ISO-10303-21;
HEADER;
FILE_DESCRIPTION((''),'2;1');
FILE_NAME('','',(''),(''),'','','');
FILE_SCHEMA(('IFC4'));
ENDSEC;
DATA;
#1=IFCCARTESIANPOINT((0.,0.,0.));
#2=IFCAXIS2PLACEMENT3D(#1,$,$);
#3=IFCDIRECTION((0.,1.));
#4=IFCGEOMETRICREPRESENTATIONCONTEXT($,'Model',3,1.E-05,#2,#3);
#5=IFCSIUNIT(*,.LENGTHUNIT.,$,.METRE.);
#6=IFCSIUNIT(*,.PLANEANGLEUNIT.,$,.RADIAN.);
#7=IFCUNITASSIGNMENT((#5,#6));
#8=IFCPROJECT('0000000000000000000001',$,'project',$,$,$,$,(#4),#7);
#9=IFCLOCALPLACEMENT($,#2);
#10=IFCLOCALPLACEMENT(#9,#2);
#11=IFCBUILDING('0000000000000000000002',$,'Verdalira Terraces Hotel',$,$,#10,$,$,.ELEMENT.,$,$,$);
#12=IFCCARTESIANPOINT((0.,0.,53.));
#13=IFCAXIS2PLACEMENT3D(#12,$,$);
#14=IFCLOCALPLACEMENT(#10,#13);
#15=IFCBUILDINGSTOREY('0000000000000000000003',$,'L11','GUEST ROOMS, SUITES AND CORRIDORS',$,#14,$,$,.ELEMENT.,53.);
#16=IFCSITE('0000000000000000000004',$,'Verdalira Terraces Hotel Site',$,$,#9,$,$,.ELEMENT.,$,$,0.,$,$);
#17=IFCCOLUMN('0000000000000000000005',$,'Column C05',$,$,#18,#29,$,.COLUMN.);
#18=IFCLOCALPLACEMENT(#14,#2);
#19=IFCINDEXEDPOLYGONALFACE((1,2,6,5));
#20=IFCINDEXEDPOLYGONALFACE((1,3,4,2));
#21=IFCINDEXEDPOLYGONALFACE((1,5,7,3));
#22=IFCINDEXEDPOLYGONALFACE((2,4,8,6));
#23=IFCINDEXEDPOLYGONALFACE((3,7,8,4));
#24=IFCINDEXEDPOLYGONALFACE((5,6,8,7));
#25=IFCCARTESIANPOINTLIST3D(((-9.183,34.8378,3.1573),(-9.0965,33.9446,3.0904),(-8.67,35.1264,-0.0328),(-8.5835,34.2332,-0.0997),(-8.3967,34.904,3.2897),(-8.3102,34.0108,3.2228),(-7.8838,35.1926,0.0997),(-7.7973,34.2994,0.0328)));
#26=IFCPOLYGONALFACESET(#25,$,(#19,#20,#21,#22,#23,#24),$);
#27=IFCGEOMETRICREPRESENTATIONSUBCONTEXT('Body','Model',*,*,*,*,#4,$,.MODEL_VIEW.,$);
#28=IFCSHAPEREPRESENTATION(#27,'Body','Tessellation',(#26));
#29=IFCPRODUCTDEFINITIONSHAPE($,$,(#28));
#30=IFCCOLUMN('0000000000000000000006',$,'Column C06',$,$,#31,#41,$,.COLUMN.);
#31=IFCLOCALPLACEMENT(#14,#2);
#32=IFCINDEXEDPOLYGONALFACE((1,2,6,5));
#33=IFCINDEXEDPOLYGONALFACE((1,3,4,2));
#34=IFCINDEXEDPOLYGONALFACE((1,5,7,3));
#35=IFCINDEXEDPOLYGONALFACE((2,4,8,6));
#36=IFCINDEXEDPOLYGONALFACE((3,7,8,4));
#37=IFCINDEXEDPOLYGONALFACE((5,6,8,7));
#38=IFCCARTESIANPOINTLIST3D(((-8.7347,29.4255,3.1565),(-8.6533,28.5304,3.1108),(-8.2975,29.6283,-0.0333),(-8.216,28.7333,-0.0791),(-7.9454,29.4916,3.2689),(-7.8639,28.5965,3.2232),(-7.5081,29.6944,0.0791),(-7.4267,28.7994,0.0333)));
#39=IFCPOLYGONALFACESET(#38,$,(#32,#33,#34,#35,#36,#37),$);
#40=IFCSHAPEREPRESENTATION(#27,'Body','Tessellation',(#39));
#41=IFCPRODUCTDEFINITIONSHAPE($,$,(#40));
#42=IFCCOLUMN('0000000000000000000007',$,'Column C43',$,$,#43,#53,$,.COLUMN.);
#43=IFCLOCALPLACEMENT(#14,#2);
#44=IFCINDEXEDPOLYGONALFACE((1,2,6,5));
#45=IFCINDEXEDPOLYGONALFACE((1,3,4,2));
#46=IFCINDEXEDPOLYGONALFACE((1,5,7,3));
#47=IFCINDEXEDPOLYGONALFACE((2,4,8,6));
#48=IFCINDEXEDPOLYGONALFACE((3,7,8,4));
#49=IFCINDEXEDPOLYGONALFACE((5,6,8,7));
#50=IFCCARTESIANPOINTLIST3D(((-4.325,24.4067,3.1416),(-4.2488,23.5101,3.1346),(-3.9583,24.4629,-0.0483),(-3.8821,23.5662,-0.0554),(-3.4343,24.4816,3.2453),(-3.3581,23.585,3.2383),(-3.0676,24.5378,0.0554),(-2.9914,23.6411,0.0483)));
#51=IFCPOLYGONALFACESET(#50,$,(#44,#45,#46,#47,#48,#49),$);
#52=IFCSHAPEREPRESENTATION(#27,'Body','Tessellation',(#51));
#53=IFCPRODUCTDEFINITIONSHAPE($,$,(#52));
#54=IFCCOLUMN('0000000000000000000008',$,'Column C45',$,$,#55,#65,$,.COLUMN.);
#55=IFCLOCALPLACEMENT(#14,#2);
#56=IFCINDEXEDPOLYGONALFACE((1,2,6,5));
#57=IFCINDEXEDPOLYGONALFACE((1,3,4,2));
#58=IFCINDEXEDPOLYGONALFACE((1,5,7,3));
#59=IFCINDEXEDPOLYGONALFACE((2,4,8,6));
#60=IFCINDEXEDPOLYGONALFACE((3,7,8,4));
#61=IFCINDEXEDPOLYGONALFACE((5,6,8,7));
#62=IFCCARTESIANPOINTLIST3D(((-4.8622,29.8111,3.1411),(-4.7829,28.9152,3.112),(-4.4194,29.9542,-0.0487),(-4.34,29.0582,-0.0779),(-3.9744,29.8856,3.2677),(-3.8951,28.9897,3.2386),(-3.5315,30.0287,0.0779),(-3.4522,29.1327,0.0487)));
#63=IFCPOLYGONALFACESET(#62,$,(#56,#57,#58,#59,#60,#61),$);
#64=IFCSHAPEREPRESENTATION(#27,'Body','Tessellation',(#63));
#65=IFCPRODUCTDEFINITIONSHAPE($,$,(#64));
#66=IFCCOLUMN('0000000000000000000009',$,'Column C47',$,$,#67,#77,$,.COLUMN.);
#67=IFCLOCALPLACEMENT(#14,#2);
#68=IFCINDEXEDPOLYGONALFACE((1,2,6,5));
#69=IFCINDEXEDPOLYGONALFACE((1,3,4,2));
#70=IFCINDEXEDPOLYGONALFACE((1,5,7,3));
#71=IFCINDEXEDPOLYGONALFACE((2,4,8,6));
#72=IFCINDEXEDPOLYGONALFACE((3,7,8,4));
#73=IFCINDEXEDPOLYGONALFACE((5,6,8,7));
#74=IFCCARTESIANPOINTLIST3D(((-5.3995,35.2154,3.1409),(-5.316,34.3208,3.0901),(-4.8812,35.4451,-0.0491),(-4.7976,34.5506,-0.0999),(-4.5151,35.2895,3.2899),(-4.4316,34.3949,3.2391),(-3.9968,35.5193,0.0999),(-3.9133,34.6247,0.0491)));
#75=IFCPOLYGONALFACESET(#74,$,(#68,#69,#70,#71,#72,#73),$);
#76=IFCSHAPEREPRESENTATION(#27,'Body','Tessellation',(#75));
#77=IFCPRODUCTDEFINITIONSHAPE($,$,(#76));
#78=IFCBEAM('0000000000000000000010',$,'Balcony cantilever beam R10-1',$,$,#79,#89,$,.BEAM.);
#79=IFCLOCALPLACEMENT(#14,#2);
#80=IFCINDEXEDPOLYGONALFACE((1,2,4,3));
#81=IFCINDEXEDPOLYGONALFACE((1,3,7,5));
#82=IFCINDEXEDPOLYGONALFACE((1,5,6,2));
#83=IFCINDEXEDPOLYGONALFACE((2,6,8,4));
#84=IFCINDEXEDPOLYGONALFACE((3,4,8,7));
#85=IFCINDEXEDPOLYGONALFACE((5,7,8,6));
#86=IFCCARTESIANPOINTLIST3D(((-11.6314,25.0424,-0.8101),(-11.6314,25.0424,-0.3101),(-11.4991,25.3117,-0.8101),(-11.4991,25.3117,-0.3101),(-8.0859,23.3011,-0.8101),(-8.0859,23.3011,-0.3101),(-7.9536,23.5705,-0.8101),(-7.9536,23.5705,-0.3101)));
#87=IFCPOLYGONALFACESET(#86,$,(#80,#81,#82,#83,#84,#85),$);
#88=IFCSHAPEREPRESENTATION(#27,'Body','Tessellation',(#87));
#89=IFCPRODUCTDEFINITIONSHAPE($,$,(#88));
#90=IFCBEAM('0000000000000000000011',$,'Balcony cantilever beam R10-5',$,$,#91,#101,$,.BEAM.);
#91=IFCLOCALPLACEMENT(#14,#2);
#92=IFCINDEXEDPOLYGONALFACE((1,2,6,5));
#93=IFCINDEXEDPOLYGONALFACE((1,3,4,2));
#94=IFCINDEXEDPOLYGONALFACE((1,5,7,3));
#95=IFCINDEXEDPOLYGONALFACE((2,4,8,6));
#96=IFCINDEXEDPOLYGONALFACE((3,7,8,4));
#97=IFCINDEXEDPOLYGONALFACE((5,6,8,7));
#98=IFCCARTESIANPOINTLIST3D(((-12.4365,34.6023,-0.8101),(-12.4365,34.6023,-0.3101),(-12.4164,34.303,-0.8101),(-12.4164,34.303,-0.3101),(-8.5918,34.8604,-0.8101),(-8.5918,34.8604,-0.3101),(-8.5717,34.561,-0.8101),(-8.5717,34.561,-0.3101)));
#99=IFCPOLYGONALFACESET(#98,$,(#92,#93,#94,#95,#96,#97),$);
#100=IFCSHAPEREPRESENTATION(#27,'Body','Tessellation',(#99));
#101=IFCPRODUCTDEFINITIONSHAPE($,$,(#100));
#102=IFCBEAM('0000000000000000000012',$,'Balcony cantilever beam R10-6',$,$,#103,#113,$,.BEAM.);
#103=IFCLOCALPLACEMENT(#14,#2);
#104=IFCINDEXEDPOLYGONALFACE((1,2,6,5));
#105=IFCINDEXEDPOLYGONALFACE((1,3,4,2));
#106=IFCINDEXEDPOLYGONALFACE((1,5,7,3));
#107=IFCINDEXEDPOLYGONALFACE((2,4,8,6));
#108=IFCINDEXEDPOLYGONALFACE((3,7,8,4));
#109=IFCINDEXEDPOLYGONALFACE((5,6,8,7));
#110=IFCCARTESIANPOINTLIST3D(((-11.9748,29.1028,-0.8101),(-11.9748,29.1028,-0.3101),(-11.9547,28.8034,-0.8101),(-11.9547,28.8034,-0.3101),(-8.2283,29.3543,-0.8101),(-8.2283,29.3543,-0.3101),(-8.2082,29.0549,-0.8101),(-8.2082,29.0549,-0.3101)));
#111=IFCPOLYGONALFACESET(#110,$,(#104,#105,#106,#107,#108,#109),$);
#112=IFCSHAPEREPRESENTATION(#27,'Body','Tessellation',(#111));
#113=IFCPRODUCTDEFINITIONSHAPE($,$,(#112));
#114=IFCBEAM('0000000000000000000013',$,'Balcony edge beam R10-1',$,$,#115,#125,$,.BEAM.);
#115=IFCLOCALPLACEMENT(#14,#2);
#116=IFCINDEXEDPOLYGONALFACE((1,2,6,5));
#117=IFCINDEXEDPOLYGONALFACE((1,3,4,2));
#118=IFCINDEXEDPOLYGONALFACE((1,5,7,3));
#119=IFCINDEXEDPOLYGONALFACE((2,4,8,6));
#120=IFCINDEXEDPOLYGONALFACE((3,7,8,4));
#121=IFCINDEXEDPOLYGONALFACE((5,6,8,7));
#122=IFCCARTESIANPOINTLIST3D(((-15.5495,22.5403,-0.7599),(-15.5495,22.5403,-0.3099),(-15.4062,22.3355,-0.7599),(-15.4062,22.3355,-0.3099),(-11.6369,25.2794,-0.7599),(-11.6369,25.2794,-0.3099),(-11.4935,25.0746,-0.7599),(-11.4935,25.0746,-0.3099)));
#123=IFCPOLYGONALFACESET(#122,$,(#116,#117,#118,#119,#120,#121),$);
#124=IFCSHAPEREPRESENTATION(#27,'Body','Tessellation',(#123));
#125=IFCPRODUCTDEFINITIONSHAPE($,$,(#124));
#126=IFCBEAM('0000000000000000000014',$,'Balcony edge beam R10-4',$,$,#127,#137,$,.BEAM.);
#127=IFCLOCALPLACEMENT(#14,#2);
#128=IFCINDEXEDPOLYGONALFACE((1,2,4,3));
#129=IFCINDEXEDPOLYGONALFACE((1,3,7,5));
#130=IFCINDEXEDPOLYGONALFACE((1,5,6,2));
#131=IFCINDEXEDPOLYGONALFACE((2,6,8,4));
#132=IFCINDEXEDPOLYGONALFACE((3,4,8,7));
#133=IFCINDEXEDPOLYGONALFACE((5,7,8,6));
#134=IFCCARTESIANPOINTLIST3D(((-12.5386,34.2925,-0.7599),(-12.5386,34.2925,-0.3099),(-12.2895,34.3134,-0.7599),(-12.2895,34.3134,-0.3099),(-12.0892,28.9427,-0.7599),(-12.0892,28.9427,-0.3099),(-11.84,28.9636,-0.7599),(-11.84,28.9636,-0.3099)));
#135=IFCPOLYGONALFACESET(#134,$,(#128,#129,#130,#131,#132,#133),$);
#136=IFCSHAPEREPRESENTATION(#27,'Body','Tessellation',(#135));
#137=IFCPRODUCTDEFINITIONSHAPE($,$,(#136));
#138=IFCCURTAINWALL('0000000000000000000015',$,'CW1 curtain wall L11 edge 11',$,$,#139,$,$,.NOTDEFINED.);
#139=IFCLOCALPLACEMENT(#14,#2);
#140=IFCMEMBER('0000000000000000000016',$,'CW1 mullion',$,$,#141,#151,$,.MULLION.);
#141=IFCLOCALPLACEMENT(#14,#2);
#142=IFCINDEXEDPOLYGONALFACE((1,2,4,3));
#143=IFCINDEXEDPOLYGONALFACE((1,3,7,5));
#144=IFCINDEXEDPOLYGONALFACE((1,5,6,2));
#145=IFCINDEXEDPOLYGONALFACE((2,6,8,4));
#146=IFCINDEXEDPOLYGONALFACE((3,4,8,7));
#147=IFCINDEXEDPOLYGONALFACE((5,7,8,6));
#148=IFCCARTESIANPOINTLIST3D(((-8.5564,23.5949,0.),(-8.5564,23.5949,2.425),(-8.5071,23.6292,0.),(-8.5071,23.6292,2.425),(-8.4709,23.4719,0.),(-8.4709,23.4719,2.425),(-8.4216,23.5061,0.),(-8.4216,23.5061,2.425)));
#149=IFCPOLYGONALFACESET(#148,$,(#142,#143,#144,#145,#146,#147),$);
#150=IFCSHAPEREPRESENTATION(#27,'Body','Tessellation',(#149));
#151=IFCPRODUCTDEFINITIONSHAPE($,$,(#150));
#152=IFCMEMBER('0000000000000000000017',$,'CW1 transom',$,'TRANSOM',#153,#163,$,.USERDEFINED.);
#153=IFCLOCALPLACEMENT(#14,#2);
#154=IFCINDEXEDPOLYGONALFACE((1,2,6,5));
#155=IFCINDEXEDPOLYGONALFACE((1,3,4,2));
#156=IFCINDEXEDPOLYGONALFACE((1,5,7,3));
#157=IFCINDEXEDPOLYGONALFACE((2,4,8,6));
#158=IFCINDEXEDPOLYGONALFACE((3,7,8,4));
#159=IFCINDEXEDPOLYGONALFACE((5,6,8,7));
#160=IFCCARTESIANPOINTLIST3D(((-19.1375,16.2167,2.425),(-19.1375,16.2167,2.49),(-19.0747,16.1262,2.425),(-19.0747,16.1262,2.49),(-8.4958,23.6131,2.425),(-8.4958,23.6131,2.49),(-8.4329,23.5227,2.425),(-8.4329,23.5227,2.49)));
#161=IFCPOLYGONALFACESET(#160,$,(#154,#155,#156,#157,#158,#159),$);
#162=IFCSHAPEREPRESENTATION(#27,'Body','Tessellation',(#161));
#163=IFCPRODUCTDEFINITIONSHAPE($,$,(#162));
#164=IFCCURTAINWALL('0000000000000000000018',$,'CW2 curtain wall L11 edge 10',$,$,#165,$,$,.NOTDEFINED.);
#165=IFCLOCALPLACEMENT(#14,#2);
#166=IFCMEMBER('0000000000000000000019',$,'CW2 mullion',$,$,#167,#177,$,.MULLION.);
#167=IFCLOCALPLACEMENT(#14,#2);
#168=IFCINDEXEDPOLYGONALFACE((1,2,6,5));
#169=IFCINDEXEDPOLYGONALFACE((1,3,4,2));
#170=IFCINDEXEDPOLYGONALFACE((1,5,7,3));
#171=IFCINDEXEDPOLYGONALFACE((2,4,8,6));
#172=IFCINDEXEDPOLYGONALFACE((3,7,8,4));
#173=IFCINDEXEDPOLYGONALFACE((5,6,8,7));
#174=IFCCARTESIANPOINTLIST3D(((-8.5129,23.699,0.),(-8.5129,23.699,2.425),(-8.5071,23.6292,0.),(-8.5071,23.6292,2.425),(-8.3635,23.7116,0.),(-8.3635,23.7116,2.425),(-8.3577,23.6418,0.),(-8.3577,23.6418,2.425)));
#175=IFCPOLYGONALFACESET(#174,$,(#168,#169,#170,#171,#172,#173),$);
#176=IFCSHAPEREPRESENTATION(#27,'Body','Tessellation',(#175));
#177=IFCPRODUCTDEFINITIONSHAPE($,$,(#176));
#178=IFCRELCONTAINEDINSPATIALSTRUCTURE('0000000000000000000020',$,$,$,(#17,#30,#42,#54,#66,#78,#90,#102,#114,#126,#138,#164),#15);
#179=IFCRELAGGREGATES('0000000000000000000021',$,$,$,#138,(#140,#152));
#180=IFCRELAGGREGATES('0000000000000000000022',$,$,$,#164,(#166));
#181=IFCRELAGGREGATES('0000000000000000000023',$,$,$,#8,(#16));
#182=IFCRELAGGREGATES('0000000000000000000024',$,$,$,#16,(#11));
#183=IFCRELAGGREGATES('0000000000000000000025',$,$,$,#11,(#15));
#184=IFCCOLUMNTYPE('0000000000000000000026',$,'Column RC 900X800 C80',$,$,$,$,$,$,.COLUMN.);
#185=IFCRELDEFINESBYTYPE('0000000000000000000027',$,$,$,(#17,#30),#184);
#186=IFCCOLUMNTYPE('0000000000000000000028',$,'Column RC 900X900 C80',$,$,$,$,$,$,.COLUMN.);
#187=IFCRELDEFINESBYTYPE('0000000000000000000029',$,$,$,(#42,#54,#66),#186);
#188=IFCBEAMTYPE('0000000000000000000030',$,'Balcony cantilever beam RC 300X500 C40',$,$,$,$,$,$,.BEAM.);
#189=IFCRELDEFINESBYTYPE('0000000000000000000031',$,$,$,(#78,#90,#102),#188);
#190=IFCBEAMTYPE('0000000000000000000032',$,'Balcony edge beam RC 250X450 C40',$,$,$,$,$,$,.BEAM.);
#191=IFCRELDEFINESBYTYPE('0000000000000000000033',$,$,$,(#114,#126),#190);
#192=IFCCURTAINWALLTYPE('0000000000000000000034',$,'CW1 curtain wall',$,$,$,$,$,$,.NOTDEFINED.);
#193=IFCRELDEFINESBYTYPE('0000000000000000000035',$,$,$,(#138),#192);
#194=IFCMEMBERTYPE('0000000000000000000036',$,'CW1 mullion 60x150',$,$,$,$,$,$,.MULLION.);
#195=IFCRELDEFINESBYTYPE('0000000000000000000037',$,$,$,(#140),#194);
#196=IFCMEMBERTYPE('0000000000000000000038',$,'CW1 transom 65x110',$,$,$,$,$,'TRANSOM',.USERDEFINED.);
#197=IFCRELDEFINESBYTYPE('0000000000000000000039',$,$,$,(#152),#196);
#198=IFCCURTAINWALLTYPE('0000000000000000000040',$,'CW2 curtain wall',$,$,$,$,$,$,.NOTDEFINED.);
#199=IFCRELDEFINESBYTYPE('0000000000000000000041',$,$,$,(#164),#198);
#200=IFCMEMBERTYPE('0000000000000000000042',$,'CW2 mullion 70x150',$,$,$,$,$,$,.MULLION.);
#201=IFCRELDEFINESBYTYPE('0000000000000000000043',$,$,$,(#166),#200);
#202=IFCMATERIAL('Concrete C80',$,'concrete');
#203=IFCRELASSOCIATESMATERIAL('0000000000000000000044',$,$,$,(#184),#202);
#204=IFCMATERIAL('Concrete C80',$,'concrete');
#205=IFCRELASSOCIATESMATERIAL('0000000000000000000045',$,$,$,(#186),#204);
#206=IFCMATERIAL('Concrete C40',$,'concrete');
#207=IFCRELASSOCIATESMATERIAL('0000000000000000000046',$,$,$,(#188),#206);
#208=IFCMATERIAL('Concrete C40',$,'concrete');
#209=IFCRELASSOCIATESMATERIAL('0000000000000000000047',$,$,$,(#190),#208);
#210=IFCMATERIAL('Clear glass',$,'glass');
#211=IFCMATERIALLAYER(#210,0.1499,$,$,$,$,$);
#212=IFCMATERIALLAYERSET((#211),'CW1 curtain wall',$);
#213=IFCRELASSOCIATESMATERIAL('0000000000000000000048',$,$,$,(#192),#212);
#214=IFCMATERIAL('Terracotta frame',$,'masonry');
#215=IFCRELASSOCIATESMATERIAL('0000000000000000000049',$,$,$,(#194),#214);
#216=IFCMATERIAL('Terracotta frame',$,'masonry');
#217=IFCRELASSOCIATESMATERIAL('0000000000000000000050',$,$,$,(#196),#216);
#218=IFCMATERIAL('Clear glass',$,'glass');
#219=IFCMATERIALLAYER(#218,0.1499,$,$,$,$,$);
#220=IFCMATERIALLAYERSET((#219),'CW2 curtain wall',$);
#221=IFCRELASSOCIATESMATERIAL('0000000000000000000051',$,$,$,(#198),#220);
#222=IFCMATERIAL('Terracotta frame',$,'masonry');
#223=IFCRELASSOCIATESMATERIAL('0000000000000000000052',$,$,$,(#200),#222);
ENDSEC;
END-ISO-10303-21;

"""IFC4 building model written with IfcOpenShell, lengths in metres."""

from ifc_helpers import new_model, si_unit, direction, frame, origin, origin_2d, place, context, subcontext, project, spatial, rectangle, extrude, material, layer, layer_set, material_profile, profile_set, type_object, element, aggregate, save


model = new_model("IFC4")

# Units and contexts
model_context = context("Model", 3, precision=1e-05, world=origin(), true_north=direction((0.0, 1.0)))
body_context = subcontext(model_context, "Body", "Model", "MODEL_VIEW")
ifc_project = project(units=[si_unit("LENGTHUNIT", "METRE"), si_unit("PLANEANGLEUNIT", "RADIAN")], contexts=[model_context])

# Site, building, storey
site_placement = place(None, origin())
site = spatial("IfcSite", under=ifc_project, at=site_placement, Name="Verdalira Terraces Hotel Site", CompositionType="ELEMENT", RefElevation=0.0)
building_placement = place(site_placement, origin())
building = spatial("IfcBuilding", under=site, at=building_placement, Name="Verdalira Terraces Hotel", CompositionType="ELEMENT")
storey_placement = place(building_placement, frame((0.0, 0.0, 53.0)))
storey = spatial("IfcBuildingStorey", under=building, at=storey_placement, Name="L11", Description="GUEST ROOMS, SUITES AND CORRIDORS", CompositionType="ELEMENT", Elevation=53.0)

# Columns
ifc_material_1 = material(Name="Concrete C80", Category="concrete")
ifc_material_profile_1 = material_profile(ifc_material_1, rectangle(XDim=0.8999, YDim=0.8, at=origin_2d()), Name="RC 900X800")
ifc_profile_set_1 = profile_set([ifc_material_profile_1], Name="Concrete C80")
column_type_1 = type_object("IfcColumnType", Name="Column RC 900X800 C80", PredefinedType="COLUMN", material=ifc_profile_set_1)
column_1_placement = place(storey_placement, frame((-8.2336, 34.7129, 0.0), z_axis=(-0.15813, -0.088962, 0.983403), x_axis=(0.096134, -0.992589, -0.074335)))
element("IfcColumn", 1, at=column_1_placement, inside=storey, type_object=column_type_1, Name="Column C05", PredefinedType="COLUMN", context=body_context, shape_type="SweptSolid", body=[
    extrude(rectangle(XDim=0.8999, YDim=0.8, at=origin_2d()), origin(), (0.0, 0.0, 1.0), 3.2439),
])
column_2_placement = place(storey_placement, frame((-7.8621, 29.2139, 0.0), z_axis=(-0.135535, -0.062886, 0.988775), x_axis=(0.090521, -0.994596, -0.050848)))
element("IfcColumn", 2, at=column_2_placement, inside=storey, type_object=column_type_1, Name="Column C06", PredefinedType="COLUMN", context=body_context, shape_type="SweptSolid", body=[
    extrude(rectangle(XDim=0.8999, YDim=0.8, at=origin_2d()), origin(), (0.0, 0.0, 1.0), 3.2261),
])
ifc_material_2 = material(Name="Concrete C80", Category="concrete")
ifc_material_profile_2 = material_profile(ifc_material_2, rectangle(XDim=0.8999, YDim=0.8999, at=origin_2d()), Name="RC 900X900")
ifc_profile_set_2 = profile_set([ifc_material_profile_2], Name="Concrete C80")
column_type_2 = type_object("IfcColumnType", Name="Column RC 900X900 C80", PredefinedType="COLUMN", material=ifc_profile_set_2)
column_3_placement = place(storey_placement, frame((-3.4749, 24.052, 0.0), z_axis=(-0.114185, -0.017485, 0.993306), x_axis=(-0.084672, 0.996378, 0.007806)))
element("IfcColumn", 3, at=column_3_placement, inside=storey, type_object=column_type_2, Name="Column C43", PredefinedType="COLUMN", context=body_context, shape_type="SweptSolid", body=[
    extrude(rectangle(XDim=0.8999, YDim=0.8999, at=origin_2d()), origin(), (0.0, 0.0, 1.0), 3.2114),
])
column_4_placement = place(storey_placement, frame((-3.9358, 29.5435, 0.0), z_axis=(-0.137379, -0.044379, 0.989524), x_axis=(-0.088152, 0.99558, 0.032412)))
element("IfcColumn", 4, at=column_4_placement, inside=storey, type_object=column_type_2, Name="Column C45", PredefinedType="COLUMN", context=body_context, shape_type="SweptSolid", body=[
    extrude(rectangle(XDim=0.8999, YDim=0.8999, at=origin_2d()), origin(), (0.0, 0.0, 1.0), 3.2236),
])
column_5_placement = place(storey_placement, frame((-4.3972, 35.0349, 0.0), z_axis=(-0.159976, -0.070908, 0.984571), x_axis=(-0.09282, 0.994078, 0.056511)))
element("IfcColumn", 5, at=column_5_placement, inside=storey, type_object=column_type_2, Name="Column C47", PredefinedType="COLUMN", context=body_context, shape_type="SweptSolid", body=[
    extrude(rectangle(XDim=0.8999, YDim=0.8999, at=origin_2d()), origin(), (0.0, 0.0, 1.0), 3.24),
])

# Beams
ifc_material_3 = material(Name="Concrete C40", Category="concrete")
ifc_material_profile_3 = material_profile(ifc_material_3, rectangle(XDim=0.3, YDim=0.5, at=origin_2d()), Name="RC 300X500")
ifc_profile_set_3 = profile_set([ifc_material_profile_3], Name="Concrete C40")
beam_type_1 = type_object("IfcBeamType", Name="Balcony cantilever beam RC 300X500 C40", PredefinedType="BEAM", material=ifc_profile_set_3)
beam_1_placement = place(storey_placement, frame((-8.0198, 23.4358, -0.5601), z_axis=(-0.897594, 0.440824, 0.0), x_axis=(-0.440824, -0.897594, 0.0)))
element("IfcBeam", 6, at=beam_1_placement, inside=storey, type_object=beam_type_1, Name="Balcony cantilever beam R10-1", PredefinedType="BEAM", context=body_context, shape_type="SweptSolid", body=[
    extrude(rectangle(XDim=0.3, YDim=0.5, at=origin_2d()), origin(), (0.0, 0.0, 1.0), 3.95),
])
beam_2_placement = place(storey_placement, frame((-8.5818, 34.7107, -0.5601), z_axis=(-0.997755, -0.066969, 0.0), x_axis=(0.066969, -0.997755, 0.0)))
element("IfcBeam", 7, at=beam_2_placement, inside=storey, type_object=beam_type_1, Name="Balcony cantilever beam R10-5", PredefinedType="BEAM", context=body_context, shape_type="SweptSolid", body=[
    extrude(rectangle(XDim=0.3, YDim=0.5, at=origin_2d()), origin(), (0.0, 0.0, 1.0), 3.8533),
])
beam_3_placement = place(storey_placement, frame((-8.2183, 29.2046, -0.5601), z_axis=(-0.997755, -0.066972, 0.0), x_axis=(0.066972, -0.997755, 0.0)))
element("IfcBeam", 8, at=beam_3_placement, inside=storey, type_object=beam_type_1, Name="Balcony cantilever beam R10-6", PredefinedType="BEAM", context=body_context, shape_type="SweptSolid", body=[
    extrude(rectangle(XDim=0.3, YDim=0.5, at=origin_2d()), origin(), (0.0, 0.0, 1.0), 3.7549),
])
ifc_material_4 = material(Name="Concrete C40", Category="concrete")
ifc_material_profile_4 = material_profile(ifc_material_4, rectangle(XDim=0.25, YDim=0.45, at=origin_2d()), Name="RC 250X450")
ifc_profile_set_4 = profile_set([ifc_material_profile_4], Name="Concrete C40")
beam_type_2 = type_object("IfcBeamType", Name="Balcony edge beam RC 250X450 C40", PredefinedType="BEAM", material=ifc_profile_set_4)
beam_4_placement = place(storey_placement, frame((-11.5652, 25.177, -0.5349), z_axis=(-0.819213, -0.57349, 0.0), x_axis=(0.57349, -0.819213, 0.0)))
element("IfcBeam", 9, at=beam_4_placement, inside=storey, type_object=beam_type_2, Name="Balcony edge beam R10-1", PredefinedType="BEAM", context=body_context, shape_type="SweptSolid", body=[
    extrude(rectangle(XDim=0.25, YDim=0.45, at=origin_2d()), origin(), (0.0, 0.0, 1.0), 4.7761),
])
beam_5_placement = place(storey_placement, frame((-12.4141, 34.303, -0.5349), z_axis=(0.083719, -0.996489, 0.0), x_axis=(0.996489, 0.083719, 0.0)))
element("IfcBeam", 10, at=beam_5_placement, inside=storey, type_object=beam_type_2, Name="Balcony edge beam R10-4", PredefinedType="BEAM", context=body_context, shape_type="SweptSolid", body=[
    extrude(rectangle(XDim=0.25, YDim=0.45, at=origin_2d()), origin(), (0.0, 0.0, 1.0), 5.3687),
])

# Curtain walls, members
ifc_material_5 = material(Name="Clear glass", Category="glass")
ifc_layer_1 = layer(ifc_material_5, 0.1499)
ifc_layer_set_1 = layer_set([ifc_layer_1], Name="CW1 curtain wall")
curtain_wall_type_1 = type_object("IfcCurtainWallType", Name="CW1 curtain wall", PredefinedType="NOTDEFINED", material=ifc_layer_set_1)
curtain_wall_1_placement = place(storey_placement, origin())
curtain_wall_1 = element("IfcCurtainWall", 11, at=curtain_wall_1_placement, inside=storey, type_object=curtain_wall_type_1, Name="CW1 curtain wall L11 edge 11", PredefinedType="NOTDEFINED")
ifc_material_6 = material(Name="Terracotta frame", Category="masonry")
ifc_material_profile_5 = material_profile(ifc_material_6, rectangle(XDim=0.0601, YDim=0.1499, at=origin_2d()), Name="MU 60x150")
ifc_profile_set_5 = profile_set([ifc_material_profile_5], Name="Terracotta frame")
member_type_1 = type_object("IfcMemberType", Name="CW1 mullion 60x150", PredefinedType="MULLION", material=ifc_profile_set_5)
member_1_placement = place(storey_placement, frame((-8.489, 23.5505, 0.0), z_axis=(0.0, 0.0, 1.0), x_axis=(-0.821149, -0.570714, 0.0)))
member_1 = element("IfcMember", 12, at=member_1_placement, type_object=member_type_1, Name="CW1 mullion", PredefinedType="MULLION", context=body_context, shape_type="SweptSolid", body=[
    extrude(rectangle(XDim=0.0601, YDim=0.1499, at=origin_2d()), origin(), (0.0, 0.0, 1.0), 2.425),
])
ifc_material_7 = material(Name="Terracotta frame", Category="masonry")
ifc_material_profile_6 = material_profile(ifc_material_7, rectangle(XDim=0.1101, YDim=0.0649, at=origin_2d()), Name="TR 65x110")
ifc_profile_set_6 = profile_set([ifc_material_profile_6], Name="Terracotta frame")
member_type_2 = type_object("IfcMemberType", Name="CW1 transom 65x110", ElementType="TRANSOM", PredefinedType="USERDEFINED", material=ifc_profile_set_6)
member_2_placement = place(storey_placement, frame((-8.4644, 23.5679, 2.4575), z_axis=(-0.821142, -0.570724, 0.0), x_axis=(0.570724, -0.821142, 0.0)))
member_2 = element("IfcMember", 13, at=member_2_placement, type_object=member_type_2, Name="CW1 transom", ObjectType="TRANSOM", PredefinedType="USERDEFINED", context=body_context, shape_type="SweptSolid", body=[
    extrude(rectangle(XDim=0.1101, YDim=0.0649, at=origin_2d()), origin(), (0.0, 0.0, 1.0), 12.9597),
])
aggregate(curtain_wall_1, [member_1, member_2])
ifc_material_8 = material(Name="Clear glass", Category="glass")
ifc_layer_2 = layer(ifc_material_8, 0.1499)
ifc_layer_set_2 = layer_set([ifc_layer_2], Name="CW2 curtain wall")
curtain_wall_type_2 = type_object("IfcCurtainWallType", Name="CW2 curtain wall", PredefinedType="NOTDEFINED", material=ifc_layer_set_2)
curtain_wall_2_placement = place(storey_placement, origin())
curtain_wall_2 = element("IfcCurtainWall", 14, at=curtain_wall_2_placement, inside=storey, type_object=curtain_wall_type_2, Name="CW2 curtain wall L11 edge 10", PredefinedType="NOTDEFINED")
ifc_material_9 = material(Name="Terracotta frame", Category="masonry")
ifc_material_profile_7 = material_profile(ifc_material_9, rectangle(XDim=0.0701, YDim=0.1499, at=origin_2d()), Name="MU 70x150")
ifc_profile_set_7 = profile_set([ifc_material_profile_7], Name="Terracotta frame")
member_type_3 = type_object("IfcMemberType", Name="CW2 mullion 70x150", PredefinedType="MULLION", material=ifc_profile_set_7)
member_3_placement = place(storey_placement, frame((-8.4353, 23.6704, 0.0), z_axis=(0.0, 0.0, 1.0), x_axis=(0.083678, -0.996493, 0.0)))
member_3 = element("IfcMember", 15, at=member_3_placement, type_object=member_type_3, Name="CW2 mullion", PredefinedType="MULLION", context=body_context, shape_type="SweptSolid", body=[
    extrude(rectangle(XDim=0.0701, YDim=0.1499, at=origin_2d()), origin(), (0.0, 0.0, 1.0), 2.425),
])

aggregate(curtain_wall_2, [member_3])

save(model, "model.ifc")
